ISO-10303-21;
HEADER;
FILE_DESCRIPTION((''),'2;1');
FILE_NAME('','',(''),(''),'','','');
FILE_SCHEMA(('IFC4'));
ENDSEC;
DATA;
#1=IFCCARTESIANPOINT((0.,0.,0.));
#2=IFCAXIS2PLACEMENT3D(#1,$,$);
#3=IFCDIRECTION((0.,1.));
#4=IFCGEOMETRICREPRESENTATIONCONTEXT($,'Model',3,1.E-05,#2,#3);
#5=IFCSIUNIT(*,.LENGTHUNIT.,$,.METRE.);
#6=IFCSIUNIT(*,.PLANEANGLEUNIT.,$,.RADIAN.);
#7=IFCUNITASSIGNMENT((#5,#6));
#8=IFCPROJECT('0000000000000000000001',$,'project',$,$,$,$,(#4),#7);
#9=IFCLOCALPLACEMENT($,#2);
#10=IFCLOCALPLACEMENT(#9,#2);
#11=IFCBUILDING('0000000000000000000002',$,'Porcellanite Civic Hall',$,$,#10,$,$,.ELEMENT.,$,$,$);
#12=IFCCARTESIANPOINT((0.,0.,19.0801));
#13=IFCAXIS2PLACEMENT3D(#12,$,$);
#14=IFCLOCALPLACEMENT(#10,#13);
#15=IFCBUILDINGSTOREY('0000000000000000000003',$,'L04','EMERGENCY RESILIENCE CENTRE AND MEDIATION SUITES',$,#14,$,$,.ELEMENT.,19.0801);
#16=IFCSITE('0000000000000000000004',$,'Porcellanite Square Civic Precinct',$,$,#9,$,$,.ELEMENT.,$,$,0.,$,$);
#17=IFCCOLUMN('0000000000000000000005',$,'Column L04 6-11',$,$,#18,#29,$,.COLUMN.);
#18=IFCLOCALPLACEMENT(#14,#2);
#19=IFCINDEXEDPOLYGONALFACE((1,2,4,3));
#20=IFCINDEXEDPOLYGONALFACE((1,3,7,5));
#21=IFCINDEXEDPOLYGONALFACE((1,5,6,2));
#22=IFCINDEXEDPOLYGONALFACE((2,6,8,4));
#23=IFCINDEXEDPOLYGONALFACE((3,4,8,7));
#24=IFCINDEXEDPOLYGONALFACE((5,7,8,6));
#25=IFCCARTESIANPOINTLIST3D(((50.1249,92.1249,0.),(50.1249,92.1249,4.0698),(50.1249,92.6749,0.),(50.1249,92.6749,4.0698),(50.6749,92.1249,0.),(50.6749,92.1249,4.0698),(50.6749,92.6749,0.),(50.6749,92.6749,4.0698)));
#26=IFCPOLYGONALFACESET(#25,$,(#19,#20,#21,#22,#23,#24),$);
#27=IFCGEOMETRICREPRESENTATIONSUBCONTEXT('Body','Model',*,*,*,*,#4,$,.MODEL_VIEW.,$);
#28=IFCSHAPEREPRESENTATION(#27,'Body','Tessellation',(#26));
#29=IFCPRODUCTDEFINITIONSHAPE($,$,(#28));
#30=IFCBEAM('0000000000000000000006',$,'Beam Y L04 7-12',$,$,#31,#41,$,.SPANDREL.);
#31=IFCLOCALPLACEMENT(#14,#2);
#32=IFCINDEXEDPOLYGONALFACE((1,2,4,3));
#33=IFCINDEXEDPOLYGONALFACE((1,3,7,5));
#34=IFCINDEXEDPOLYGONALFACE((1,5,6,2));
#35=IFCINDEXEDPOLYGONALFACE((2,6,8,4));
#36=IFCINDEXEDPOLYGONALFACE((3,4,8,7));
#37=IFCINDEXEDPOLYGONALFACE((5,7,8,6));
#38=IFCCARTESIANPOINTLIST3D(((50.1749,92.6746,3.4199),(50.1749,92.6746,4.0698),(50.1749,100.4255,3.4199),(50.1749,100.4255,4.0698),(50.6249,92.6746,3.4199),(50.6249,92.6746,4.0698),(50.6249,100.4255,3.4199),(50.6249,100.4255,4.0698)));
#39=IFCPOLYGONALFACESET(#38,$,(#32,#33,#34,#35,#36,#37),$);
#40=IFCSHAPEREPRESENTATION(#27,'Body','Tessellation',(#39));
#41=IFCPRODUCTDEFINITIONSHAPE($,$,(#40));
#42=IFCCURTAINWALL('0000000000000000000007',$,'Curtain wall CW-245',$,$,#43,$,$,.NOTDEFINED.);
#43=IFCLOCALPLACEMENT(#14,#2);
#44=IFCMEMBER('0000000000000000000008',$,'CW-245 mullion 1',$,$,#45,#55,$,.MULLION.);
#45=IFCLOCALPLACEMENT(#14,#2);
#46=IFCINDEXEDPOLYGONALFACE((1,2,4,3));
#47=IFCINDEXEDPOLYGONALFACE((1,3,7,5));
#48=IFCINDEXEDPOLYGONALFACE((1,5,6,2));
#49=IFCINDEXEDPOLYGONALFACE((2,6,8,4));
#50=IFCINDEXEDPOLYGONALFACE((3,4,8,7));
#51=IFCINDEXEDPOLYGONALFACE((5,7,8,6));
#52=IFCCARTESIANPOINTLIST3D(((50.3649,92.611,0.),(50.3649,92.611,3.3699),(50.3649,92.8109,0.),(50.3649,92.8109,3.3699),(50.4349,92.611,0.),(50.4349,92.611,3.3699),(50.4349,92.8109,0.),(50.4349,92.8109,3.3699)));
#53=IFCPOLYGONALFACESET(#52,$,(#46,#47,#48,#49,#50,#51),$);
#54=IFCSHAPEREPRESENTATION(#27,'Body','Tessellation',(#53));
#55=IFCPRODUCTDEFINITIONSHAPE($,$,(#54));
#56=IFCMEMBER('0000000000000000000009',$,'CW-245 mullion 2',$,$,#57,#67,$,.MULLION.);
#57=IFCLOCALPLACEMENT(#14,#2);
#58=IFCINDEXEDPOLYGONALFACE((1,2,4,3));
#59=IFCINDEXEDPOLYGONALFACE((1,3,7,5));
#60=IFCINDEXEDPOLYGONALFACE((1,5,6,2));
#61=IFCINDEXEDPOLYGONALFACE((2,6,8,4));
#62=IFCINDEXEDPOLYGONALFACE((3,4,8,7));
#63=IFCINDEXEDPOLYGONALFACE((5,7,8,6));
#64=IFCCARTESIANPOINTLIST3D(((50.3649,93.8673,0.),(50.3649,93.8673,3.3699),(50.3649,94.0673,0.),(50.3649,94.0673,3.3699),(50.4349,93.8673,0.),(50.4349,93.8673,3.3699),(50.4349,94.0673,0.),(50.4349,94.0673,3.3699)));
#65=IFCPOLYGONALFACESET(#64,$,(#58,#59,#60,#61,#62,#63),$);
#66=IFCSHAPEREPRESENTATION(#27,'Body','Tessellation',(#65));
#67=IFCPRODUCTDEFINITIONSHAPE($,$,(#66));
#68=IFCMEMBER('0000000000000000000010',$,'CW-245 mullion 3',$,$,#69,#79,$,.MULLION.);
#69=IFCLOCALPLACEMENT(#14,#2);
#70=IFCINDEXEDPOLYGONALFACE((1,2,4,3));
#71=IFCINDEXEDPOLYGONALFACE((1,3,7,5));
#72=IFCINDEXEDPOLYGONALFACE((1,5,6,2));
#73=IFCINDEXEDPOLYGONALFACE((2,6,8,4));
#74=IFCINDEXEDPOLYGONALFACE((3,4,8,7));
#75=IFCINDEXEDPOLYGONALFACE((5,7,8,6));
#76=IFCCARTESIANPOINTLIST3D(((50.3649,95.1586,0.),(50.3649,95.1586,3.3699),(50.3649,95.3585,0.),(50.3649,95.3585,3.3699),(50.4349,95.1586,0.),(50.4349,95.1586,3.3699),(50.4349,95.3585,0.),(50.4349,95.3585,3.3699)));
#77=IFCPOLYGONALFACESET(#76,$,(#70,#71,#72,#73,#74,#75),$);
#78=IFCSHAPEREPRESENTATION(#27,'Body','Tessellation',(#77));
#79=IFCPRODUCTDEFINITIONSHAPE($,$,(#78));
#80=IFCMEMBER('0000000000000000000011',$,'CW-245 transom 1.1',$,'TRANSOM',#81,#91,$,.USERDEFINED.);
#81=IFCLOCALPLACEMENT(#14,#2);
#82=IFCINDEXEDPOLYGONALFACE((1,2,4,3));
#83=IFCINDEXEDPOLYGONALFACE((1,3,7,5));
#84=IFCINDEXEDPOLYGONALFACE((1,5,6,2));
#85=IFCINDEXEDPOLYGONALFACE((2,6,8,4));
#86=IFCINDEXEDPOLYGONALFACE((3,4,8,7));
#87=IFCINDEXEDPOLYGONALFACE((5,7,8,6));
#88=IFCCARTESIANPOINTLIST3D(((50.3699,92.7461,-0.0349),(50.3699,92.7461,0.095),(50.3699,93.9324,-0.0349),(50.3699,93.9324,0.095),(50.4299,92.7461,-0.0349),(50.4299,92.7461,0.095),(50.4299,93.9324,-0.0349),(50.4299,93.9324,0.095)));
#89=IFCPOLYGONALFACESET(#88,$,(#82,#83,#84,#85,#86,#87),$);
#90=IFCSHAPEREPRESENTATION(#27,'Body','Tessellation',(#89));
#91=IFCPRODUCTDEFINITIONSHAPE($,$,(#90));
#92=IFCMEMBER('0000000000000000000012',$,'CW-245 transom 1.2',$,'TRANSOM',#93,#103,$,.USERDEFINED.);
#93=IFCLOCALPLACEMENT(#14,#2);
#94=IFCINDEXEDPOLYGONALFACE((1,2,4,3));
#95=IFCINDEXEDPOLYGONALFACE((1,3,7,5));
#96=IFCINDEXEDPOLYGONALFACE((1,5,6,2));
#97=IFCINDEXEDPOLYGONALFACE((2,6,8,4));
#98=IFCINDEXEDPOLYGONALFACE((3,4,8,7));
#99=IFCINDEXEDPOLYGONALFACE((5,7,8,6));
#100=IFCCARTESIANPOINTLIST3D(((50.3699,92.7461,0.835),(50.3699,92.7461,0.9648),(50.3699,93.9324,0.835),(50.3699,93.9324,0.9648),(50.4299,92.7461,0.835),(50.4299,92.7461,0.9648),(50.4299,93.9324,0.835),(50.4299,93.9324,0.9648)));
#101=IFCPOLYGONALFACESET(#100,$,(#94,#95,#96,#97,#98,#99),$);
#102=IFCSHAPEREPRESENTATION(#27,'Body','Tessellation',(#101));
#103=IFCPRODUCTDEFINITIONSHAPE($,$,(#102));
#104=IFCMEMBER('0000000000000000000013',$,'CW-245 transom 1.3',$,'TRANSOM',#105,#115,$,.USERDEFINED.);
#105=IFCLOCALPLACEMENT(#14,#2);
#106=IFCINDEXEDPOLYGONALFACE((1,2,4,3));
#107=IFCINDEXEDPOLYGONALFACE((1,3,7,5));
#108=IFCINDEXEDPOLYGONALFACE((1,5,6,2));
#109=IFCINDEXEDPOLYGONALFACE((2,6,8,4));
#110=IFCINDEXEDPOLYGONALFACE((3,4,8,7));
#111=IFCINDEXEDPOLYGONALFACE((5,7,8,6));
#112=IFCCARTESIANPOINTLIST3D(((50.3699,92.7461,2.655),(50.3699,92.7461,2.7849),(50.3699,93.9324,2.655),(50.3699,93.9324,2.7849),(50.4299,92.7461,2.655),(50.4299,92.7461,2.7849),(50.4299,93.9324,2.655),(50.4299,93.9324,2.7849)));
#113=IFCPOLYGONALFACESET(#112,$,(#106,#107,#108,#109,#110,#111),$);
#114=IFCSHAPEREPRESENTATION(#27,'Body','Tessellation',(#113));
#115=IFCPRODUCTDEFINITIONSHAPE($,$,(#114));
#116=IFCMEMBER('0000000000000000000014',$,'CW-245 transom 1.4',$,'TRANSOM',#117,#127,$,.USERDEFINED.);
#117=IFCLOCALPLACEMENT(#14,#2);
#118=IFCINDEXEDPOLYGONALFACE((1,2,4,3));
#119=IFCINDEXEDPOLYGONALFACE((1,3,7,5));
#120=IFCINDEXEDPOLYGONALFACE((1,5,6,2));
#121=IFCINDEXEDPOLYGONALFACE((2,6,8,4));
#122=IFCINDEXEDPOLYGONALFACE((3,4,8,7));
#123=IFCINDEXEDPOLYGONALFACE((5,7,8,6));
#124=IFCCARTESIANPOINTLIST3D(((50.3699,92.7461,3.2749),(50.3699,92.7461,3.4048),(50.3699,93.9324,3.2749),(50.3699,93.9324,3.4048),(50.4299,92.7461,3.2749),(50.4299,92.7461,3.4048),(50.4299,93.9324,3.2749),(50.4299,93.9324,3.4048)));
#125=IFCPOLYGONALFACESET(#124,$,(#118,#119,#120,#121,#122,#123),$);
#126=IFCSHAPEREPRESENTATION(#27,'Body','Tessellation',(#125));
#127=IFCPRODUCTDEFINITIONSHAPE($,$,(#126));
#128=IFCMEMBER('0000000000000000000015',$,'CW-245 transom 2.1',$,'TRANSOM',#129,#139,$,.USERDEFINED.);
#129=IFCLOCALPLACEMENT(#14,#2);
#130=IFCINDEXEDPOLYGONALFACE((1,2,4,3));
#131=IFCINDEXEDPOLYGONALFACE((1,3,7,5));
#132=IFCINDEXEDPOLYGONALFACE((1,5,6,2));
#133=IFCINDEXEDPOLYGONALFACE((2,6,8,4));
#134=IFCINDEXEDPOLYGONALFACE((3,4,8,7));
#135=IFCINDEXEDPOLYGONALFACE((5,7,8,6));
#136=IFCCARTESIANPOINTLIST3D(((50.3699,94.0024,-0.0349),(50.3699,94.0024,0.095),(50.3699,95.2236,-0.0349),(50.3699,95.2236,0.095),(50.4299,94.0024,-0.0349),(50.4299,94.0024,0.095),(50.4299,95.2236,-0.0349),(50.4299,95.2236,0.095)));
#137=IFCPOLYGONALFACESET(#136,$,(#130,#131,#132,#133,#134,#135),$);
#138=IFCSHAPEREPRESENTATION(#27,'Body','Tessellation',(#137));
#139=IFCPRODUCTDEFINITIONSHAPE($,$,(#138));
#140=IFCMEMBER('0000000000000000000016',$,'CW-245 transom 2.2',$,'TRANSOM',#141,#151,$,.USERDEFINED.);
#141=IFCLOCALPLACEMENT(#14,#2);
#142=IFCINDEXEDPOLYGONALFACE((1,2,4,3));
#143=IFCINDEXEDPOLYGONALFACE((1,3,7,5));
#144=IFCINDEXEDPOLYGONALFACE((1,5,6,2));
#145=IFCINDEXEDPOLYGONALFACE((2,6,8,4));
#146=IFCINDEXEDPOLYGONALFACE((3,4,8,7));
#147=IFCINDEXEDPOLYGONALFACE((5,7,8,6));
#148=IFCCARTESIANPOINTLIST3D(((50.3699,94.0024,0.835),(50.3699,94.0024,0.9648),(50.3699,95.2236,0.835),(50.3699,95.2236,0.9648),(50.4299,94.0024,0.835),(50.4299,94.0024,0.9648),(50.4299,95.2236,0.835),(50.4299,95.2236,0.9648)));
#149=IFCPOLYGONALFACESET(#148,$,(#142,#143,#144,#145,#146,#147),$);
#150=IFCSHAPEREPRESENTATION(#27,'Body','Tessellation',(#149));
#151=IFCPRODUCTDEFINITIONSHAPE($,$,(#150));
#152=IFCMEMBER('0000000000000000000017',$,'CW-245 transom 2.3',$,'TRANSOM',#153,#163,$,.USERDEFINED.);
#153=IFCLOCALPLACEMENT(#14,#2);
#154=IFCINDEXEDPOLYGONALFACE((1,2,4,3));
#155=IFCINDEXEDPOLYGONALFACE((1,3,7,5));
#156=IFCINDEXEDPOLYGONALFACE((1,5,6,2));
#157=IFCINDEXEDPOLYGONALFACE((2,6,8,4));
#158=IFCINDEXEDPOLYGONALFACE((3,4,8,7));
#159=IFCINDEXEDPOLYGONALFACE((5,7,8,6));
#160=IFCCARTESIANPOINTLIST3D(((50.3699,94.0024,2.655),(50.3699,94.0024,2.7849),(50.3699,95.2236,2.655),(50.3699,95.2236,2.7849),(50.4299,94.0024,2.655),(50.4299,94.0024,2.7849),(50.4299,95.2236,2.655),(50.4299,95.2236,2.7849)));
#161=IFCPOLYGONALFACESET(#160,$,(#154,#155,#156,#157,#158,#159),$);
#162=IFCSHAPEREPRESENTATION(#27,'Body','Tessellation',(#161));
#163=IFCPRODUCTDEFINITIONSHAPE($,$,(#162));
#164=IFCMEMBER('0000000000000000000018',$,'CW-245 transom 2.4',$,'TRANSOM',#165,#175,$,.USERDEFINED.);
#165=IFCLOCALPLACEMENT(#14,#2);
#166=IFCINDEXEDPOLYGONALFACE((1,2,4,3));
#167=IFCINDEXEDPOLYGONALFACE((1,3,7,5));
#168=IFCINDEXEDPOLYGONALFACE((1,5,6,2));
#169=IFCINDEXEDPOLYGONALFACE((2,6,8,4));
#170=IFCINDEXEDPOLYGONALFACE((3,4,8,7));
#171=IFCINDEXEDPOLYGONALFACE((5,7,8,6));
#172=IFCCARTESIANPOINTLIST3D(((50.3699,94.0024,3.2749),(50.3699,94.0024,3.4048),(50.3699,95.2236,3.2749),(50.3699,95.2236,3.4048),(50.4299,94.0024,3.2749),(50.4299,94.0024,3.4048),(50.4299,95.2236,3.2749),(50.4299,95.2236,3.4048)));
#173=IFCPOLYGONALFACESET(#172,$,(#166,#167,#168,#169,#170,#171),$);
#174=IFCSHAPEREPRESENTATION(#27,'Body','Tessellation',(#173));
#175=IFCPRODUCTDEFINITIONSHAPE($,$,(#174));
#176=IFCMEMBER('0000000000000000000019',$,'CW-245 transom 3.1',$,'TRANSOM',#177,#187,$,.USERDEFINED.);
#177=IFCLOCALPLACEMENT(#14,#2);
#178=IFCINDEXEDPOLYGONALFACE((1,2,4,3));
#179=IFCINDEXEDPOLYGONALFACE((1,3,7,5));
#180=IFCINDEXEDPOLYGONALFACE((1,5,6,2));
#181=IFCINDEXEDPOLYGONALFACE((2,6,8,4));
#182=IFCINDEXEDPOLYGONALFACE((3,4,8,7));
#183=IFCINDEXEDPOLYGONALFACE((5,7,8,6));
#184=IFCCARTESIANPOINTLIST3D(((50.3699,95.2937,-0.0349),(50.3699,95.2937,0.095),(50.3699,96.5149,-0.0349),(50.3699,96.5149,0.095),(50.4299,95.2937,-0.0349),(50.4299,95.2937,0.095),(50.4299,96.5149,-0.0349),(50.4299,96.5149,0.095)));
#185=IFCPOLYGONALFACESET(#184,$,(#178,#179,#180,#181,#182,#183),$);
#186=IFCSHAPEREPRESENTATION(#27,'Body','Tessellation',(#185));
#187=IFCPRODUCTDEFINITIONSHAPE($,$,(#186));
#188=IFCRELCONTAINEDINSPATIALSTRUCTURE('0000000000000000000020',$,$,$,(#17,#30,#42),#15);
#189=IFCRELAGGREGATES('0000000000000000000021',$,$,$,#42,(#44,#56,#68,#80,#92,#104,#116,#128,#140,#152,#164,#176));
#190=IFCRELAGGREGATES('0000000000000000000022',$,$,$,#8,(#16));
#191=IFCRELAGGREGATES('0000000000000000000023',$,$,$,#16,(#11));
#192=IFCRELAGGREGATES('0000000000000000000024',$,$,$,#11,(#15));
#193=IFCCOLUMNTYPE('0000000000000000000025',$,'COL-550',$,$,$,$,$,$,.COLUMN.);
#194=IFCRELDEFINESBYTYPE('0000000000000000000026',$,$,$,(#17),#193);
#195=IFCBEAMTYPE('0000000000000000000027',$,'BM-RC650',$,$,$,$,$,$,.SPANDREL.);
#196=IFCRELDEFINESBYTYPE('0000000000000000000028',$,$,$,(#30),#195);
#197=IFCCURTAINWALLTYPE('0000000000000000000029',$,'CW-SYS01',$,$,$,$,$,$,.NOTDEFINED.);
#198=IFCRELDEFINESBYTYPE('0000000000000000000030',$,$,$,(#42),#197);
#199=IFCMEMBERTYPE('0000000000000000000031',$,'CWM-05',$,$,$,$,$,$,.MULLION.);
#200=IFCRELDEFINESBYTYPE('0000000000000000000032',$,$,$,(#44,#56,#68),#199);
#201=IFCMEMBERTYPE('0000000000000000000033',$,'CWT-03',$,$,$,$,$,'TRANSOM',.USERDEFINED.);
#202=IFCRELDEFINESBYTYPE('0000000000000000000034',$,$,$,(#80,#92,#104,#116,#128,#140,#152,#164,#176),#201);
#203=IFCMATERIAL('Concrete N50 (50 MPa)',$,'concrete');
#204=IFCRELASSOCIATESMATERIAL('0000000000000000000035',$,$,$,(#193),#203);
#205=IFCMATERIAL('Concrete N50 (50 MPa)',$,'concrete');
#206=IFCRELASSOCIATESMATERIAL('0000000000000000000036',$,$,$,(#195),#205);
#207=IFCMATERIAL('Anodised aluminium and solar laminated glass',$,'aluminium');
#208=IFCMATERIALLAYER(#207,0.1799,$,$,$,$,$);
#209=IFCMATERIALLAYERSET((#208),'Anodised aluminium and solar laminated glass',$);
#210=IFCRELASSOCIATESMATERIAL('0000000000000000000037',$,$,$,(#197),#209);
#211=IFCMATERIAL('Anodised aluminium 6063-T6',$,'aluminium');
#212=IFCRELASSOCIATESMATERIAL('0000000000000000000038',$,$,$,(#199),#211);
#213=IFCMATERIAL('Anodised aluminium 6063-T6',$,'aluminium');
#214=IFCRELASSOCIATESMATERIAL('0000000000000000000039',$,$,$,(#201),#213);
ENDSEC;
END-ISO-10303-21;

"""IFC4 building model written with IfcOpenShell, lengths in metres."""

from ifc_helpers import new_model, si_unit, direction, frame, origin, origin_2d, place, context, subcontext, project, spatial, rectangle, extrude, material, layer, layer_set, material_profile, profile_set, type_object, element, aggregate, save


model = new_model("IFC4")

# Units and contexts
model_context = context("Model", 3, precision=1e-05, world=origin(), true_north=direction((0.0, 1.0)))
body_context = subcontext(model_context, "Body", "Model", "MODEL_VIEW")
ifc_project = project(units=[si_unit("LENGTHUNIT", "METRE"), si_unit("PLANEANGLEUNIT", "RADIAN")], contexts=[model_context])

# Site, building, storey
site_placement = place(None, origin())
site = spatial("IfcSite", under=ifc_project, at=site_placement, Name="Porcellanite Square Civic Precinct", CompositionType="ELEMENT", RefElevation=0.0)
building_placement = place(site_placement, origin())
building = spatial("IfcBuilding", under=site, at=building_placement, Name="Porcellanite Civic Hall", CompositionType="ELEMENT")
storey_placement = place(building_placement, frame((0.0, 0.0, 19.0801)))
storey = spatial("IfcBuildingStorey", under=building, at=storey_placement, Name="L04", Description="EMERGENCY RESILIENCE CENTRE AND MEDIATION SUITES", CompositionType="ELEMENT", Elevation=19.0801)

# Column
ifc_material_1 = material(Name="Concrete N50 (50 MPa)", Category="concrete")
ifc_material_profile_1 = material_profile(ifc_material_1, rectangle(XDim=0.55, YDim=0.55, at=origin_2d()), Name="RC-550x550")
ifc_profile_set_1 = profile_set([ifc_material_profile_1], Name="Concrete N50 (50 MPa)")
column_type = type_object("IfcColumnType", Name="COL-550", PredefinedType="COLUMN", material=ifc_profile_set_1)
column_placement = place(storey_placement, frame((50.3999, 92.3999, 0.0), z_axis=(0.0, 0.0, 1.0), x_axis=(1.0, 0.0, 0.0)))
element("IfcColumn", 1, at=column_placement, inside=storey, type_object=column_type, Name="Column L04 6-11", PredefinedType="COLUMN", context=body_context, shape_type="SweptSolid", body=[
    extrude(rectangle(XDim=0.55, YDim=0.55, at=origin_2d()), origin(), (0.0, 0.0, 1.0), 4.0698),
])

# Beam
ifc_material_2 = material(Name="Concrete N50 (50 MPa)", Category="concrete")
ifc_material_profile_2 = material_profile(ifc_material_2, rectangle(XDim=0.45, YDim=0.6499, at=origin_2d()), Name="RC-450x650")
ifc_profile_set_2 = profile_set([ifc_material_profile_2], Name="Concrete N50 (50 MPa)")
beam_type = type_object("IfcBeamType", Name="BM-RC650", PredefinedType="SPANDREL", material=ifc_profile_set_2)
beam_placement = place(storey_placement, frame((50.3999, 92.6746, 3.7449), z_axis=(0.0, 1.0, 0.0), x_axis=(-1.0, 0.0, 0.0)))
element("IfcBeam", 2, at=beam_placement, inside=storey, type_object=beam_type, Name="Beam Y L04 7-12", PredefinedType="SPANDREL", context=body_context, shape_type="SweptSolid", body=[
    extrude(rectangle(XDim=0.45, YDim=0.6499, at=origin_2d()), origin(), (0.0, 0.0, 1.0), 7.751),
])

# Curtain wall, members
ifc_material_3 = material(Name="Anodised aluminium and solar laminated glass", Category="aluminium")
ifc_layer_1 = layer(ifc_material_3, 0.1799)
ifc_layer_set_1 = layer_set([ifc_layer_1], Name="Anodised aluminium and solar laminated glass")
curtain_wall_type = type_object("IfcCurtainWallType", Name="CW-SYS01", PredefinedType="NOTDEFINED", material=ifc_layer_set_1)
curtain_wall_placement = place(storey_placement, origin())
curtain_wall = element("IfcCurtainWall", 3, at=curtain_wall_placement, inside=storey, type_object=curtain_wall_type, Name="Curtain wall CW-245", PredefinedType="NOTDEFINED")
ifc_material_4 = material(Name="Anodised aluminium 6063-T6", Category="aluminium")
ifc_material_profile_3 = material_profile(ifc_material_4, rectangle(XDim=0.0701, YDim=0.2, at=origin_2d()), Name="AL-70x200")
ifc_profile_set_3 = profile_set([ifc_material_profile_3], Name="Anodised aluminium 6063-T6")
member_type_1 = type_object("IfcMemberType", Name="CWM-05", PredefinedType="MULLION", material=ifc_profile_set_3)
member_1_placement = place(storey_placement, frame((50.3999, 92.7109, 0.0), z_axis=(0.0, 0.0, 1.0), x_axis=(-1.0, 0.0, 0.0)))
member_1 = element("IfcMember", 4, at=member_1_placement, type_object=member_type_1, Name="CW-245 mullion 1", PredefinedType="MULLION", context=body_context, shape_type="SweptSolid", body=[
    extrude(rectangle(XDim=0.0701, YDim=0.2, at=origin_2d()), origin(), (0.0, 0.0, 1.0), 3.3699),
])
member_2_placement = place(storey_placement, frame((50.3999, 93.9673, 0.0), z_axis=(0.0, 0.0, 1.0), x_axis=(-1.0, 0.0, 0.0)))
member_2 = element("IfcMember", 5, at=member_2_placement, type_object=member_type_1, Name="CW-245 mullion 2", PredefinedType="MULLION", context=body_context, shape_type="SweptSolid", body=[
    extrude(rectangle(XDim=0.0701, YDim=0.2, at=origin_2d()), origin(), (0.0, 0.0, 1.0), 3.3699),
])
member_3_placement = place(storey_placement, frame((50.3999, 95.2585, 0.0), z_axis=(0.0, 0.0, 1.0), x_axis=(-1.0, 0.0, 0.0)))
member_3 = element("IfcMember", 6, at=member_3_placement, type_object=member_type_1, Name="CW-245 mullion 3", PredefinedType="MULLION", context=body_context, shape_type="SweptSolid", body=[
    extrude(rectangle(XDim=0.0701, YDim=0.2, at=origin_2d()), origin(), (0.0, 0.0, 1.0), 3.3699),
])
ifc_material_5 = material(Name="Anodised aluminium 6063-T6", Category="aluminium")
ifc_material_profile_4 = material_profile(ifc_material_5, rectangle(XDim=0.0601, YDim=0.1299, at=origin_2d()), Name="AL-60x130")
ifc_profile_set_4 = profile_set([ifc_material_profile_4], Name="Anodised aluminium 6063-T6")
member_type_2 = type_object("IfcMemberType", Name="CWT-03", ElementType="TRANSOM", PredefinedType="USERDEFINED", material=ifc_profile_set_4)
member_4_placement = place(storey_placement, frame((50.3999, 92.7461, 0.03), z_axis=(0.0, 1.0, 0.0), x_axis=(-1.0, 0.0, 0.0)))
member_4 = element("IfcMember", 7, at=member_4_placement, type_object=member_type_2, Name="CW-245 transom 1.1", ObjectType="TRANSOM", PredefinedType="USERDEFINED", context=body_context, shape_type="SweptSolid", body=[
    extrude(rectangle(XDim=0.0601, YDim=0.1299, at=origin_2d()), origin(), (0.0, 0.0, 1.0), 1.1863),
])
member_5_placement = place(storey_placement, frame((50.3999, 92.7461, 0.8999), z_axis=(0.0, 1.0, 0.0), x_axis=(-1.0, 0.0, 0.0)))
member_5 = element("IfcMember", 8, at=member_5_placement, type_object=member_type_2, Name="CW-245 transom 1.2", ObjectType="TRANSOM", PredefinedType="USERDEFINED", context=body_context, shape_type="SweptSolid", body=[
    extrude(rectangle(XDim=0.0601, YDim=0.1299, at=origin_2d()), origin(), (0.0, 0.0, 1.0), 1.1863),
])
member_6_placement = place(storey_placement, frame((50.3999, 92.7461, 2.72), z_axis=(0.0, 1.0, 0.0), x_axis=(-1.0, 0.0, 0.0)))
member_6 = element("IfcMember", 9, at=member_6_placement, type_object=member_type_2, Name="CW-245 transom 1.3", ObjectType="TRANSOM", PredefinedType="USERDEFINED", context=body_context, shape_type="SweptSolid", body=[
    extrude(rectangle(XDim=0.0601, YDim=0.1299, at=origin_2d()), origin(), (0.0, 0.0, 1.0), 1.1863),
])
member_7_placement = place(storey_placement, frame((50.3999, 92.7461, 3.3398), z_axis=(0.0, 1.0, 0.0), x_axis=(-1.0, 0.0, 0.0)))
member_7 = element("IfcMember", 10, at=member_7_placement, type_object=member_type_2, Name="CW-245 transom 1.4", ObjectType="TRANSOM", PredefinedType="USERDEFINED", context=body_context, shape_type="SweptSolid", body=[
    extrude(rectangle(XDim=0.0601, YDim=0.1299, at=origin_2d()), origin(), (0.0, 0.0, 1.0), 1.1863),
])
member_8_placement = place(storey_placement, frame((50.3999, 94.0024, 0.03), z_axis=(0.0, 1.0, 0.0), x_axis=(-1.0, 0.0, 0.0)))
member_8 = element("IfcMember", 11, at=member_8_placement, type_object=member_type_2, Name="CW-245 transom 2.1", ObjectType="TRANSOM", PredefinedType="USERDEFINED", context=body_context, shape_type="SweptSolid", body=[
    extrude(rectangle(XDim=0.0601, YDim=0.1299, at=origin_2d()), origin(), (0.0, 0.0, 1.0), 1.2212),
])
member_9_placement = place(storey_placement, frame((50.3999, 94.0024, 0.8999), z_axis=(0.0, 1.0, 0.0), x_axis=(-1.0, 0.0, 0.0)))
member_9 = element("IfcMember", 12, at=member_9_placement, type_object=member_type_2, Name="CW-245 transom 2.2", ObjectType="TRANSOM", PredefinedType="USERDEFINED", context=body_context, shape_type="SweptSolid", body=[
    extrude(rectangle(XDim=0.0601, YDim=0.1299, at=origin_2d()), origin(), (0.0, 0.0, 1.0), 1.2212),
])
member_10_placement = place(storey_placement, frame((50.3999, 94.0024, 2.72), z_axis=(0.0, 1.0, 0.0), x_axis=(-1.0, 0.0, 0.0)))
member_10 = element("IfcMember", 13, at=member_10_placement, type_object=member_type_2, Name="CW-245 transom 2.3", ObjectType="TRANSOM", PredefinedType="USERDEFINED", context=body_context, shape_type="SweptSolid", body=[
    extrude(rectangle(XDim=0.0601, YDim=0.1299, at=origin_2d()), origin(), (0.0, 0.0, 1.0), 1.2212),
])
member_11_placement = place(storey_placement, frame((50.3999, 94.0024, 3.3398), z_axis=(0.0, 1.0, 0.0), x_axis=(-1.0, 0.0, 0.0)))
member_11 = element("IfcMember", 14, at=member_11_placement, type_object=member_type_2, Name="CW-245 transom 2.4", ObjectType="TRANSOM", PredefinedType="USERDEFINED", context=body_context, shape_type="SweptSolid", body=[
    extrude(rectangle(XDim=0.0601, YDim=0.1299, at=origin_2d()), origin(), (0.0, 0.0, 1.0), 1.2212),
])
member_12_placement = place(storey_placement, frame((50.3999, 95.2937, 0.03), z_axis=(0.0, 1.0, 0.0), x_axis=(-1.0, 0.0, 0.0)))
member_12 = element("IfcMember", 15, at=member_12_placement, type_object=member_type_2, Name="CW-245 transom 3.1", ObjectType="TRANSOM", PredefinedType="USERDEFINED", context=body_context, shape_type="SweptSolid", body=[
    extrude(rectangle(XDim=0.0601, YDim=0.1299, at=origin_2d()), origin(), (0.0, 0.0, 1.0), 1.2212),
])

aggregate(curtain_wall, [member_1, member_2, member_3, member_4, member_5, member_6, member_7, member_8, member_9, member_10, member_11, member_12])

save(model, "model.ifc")
